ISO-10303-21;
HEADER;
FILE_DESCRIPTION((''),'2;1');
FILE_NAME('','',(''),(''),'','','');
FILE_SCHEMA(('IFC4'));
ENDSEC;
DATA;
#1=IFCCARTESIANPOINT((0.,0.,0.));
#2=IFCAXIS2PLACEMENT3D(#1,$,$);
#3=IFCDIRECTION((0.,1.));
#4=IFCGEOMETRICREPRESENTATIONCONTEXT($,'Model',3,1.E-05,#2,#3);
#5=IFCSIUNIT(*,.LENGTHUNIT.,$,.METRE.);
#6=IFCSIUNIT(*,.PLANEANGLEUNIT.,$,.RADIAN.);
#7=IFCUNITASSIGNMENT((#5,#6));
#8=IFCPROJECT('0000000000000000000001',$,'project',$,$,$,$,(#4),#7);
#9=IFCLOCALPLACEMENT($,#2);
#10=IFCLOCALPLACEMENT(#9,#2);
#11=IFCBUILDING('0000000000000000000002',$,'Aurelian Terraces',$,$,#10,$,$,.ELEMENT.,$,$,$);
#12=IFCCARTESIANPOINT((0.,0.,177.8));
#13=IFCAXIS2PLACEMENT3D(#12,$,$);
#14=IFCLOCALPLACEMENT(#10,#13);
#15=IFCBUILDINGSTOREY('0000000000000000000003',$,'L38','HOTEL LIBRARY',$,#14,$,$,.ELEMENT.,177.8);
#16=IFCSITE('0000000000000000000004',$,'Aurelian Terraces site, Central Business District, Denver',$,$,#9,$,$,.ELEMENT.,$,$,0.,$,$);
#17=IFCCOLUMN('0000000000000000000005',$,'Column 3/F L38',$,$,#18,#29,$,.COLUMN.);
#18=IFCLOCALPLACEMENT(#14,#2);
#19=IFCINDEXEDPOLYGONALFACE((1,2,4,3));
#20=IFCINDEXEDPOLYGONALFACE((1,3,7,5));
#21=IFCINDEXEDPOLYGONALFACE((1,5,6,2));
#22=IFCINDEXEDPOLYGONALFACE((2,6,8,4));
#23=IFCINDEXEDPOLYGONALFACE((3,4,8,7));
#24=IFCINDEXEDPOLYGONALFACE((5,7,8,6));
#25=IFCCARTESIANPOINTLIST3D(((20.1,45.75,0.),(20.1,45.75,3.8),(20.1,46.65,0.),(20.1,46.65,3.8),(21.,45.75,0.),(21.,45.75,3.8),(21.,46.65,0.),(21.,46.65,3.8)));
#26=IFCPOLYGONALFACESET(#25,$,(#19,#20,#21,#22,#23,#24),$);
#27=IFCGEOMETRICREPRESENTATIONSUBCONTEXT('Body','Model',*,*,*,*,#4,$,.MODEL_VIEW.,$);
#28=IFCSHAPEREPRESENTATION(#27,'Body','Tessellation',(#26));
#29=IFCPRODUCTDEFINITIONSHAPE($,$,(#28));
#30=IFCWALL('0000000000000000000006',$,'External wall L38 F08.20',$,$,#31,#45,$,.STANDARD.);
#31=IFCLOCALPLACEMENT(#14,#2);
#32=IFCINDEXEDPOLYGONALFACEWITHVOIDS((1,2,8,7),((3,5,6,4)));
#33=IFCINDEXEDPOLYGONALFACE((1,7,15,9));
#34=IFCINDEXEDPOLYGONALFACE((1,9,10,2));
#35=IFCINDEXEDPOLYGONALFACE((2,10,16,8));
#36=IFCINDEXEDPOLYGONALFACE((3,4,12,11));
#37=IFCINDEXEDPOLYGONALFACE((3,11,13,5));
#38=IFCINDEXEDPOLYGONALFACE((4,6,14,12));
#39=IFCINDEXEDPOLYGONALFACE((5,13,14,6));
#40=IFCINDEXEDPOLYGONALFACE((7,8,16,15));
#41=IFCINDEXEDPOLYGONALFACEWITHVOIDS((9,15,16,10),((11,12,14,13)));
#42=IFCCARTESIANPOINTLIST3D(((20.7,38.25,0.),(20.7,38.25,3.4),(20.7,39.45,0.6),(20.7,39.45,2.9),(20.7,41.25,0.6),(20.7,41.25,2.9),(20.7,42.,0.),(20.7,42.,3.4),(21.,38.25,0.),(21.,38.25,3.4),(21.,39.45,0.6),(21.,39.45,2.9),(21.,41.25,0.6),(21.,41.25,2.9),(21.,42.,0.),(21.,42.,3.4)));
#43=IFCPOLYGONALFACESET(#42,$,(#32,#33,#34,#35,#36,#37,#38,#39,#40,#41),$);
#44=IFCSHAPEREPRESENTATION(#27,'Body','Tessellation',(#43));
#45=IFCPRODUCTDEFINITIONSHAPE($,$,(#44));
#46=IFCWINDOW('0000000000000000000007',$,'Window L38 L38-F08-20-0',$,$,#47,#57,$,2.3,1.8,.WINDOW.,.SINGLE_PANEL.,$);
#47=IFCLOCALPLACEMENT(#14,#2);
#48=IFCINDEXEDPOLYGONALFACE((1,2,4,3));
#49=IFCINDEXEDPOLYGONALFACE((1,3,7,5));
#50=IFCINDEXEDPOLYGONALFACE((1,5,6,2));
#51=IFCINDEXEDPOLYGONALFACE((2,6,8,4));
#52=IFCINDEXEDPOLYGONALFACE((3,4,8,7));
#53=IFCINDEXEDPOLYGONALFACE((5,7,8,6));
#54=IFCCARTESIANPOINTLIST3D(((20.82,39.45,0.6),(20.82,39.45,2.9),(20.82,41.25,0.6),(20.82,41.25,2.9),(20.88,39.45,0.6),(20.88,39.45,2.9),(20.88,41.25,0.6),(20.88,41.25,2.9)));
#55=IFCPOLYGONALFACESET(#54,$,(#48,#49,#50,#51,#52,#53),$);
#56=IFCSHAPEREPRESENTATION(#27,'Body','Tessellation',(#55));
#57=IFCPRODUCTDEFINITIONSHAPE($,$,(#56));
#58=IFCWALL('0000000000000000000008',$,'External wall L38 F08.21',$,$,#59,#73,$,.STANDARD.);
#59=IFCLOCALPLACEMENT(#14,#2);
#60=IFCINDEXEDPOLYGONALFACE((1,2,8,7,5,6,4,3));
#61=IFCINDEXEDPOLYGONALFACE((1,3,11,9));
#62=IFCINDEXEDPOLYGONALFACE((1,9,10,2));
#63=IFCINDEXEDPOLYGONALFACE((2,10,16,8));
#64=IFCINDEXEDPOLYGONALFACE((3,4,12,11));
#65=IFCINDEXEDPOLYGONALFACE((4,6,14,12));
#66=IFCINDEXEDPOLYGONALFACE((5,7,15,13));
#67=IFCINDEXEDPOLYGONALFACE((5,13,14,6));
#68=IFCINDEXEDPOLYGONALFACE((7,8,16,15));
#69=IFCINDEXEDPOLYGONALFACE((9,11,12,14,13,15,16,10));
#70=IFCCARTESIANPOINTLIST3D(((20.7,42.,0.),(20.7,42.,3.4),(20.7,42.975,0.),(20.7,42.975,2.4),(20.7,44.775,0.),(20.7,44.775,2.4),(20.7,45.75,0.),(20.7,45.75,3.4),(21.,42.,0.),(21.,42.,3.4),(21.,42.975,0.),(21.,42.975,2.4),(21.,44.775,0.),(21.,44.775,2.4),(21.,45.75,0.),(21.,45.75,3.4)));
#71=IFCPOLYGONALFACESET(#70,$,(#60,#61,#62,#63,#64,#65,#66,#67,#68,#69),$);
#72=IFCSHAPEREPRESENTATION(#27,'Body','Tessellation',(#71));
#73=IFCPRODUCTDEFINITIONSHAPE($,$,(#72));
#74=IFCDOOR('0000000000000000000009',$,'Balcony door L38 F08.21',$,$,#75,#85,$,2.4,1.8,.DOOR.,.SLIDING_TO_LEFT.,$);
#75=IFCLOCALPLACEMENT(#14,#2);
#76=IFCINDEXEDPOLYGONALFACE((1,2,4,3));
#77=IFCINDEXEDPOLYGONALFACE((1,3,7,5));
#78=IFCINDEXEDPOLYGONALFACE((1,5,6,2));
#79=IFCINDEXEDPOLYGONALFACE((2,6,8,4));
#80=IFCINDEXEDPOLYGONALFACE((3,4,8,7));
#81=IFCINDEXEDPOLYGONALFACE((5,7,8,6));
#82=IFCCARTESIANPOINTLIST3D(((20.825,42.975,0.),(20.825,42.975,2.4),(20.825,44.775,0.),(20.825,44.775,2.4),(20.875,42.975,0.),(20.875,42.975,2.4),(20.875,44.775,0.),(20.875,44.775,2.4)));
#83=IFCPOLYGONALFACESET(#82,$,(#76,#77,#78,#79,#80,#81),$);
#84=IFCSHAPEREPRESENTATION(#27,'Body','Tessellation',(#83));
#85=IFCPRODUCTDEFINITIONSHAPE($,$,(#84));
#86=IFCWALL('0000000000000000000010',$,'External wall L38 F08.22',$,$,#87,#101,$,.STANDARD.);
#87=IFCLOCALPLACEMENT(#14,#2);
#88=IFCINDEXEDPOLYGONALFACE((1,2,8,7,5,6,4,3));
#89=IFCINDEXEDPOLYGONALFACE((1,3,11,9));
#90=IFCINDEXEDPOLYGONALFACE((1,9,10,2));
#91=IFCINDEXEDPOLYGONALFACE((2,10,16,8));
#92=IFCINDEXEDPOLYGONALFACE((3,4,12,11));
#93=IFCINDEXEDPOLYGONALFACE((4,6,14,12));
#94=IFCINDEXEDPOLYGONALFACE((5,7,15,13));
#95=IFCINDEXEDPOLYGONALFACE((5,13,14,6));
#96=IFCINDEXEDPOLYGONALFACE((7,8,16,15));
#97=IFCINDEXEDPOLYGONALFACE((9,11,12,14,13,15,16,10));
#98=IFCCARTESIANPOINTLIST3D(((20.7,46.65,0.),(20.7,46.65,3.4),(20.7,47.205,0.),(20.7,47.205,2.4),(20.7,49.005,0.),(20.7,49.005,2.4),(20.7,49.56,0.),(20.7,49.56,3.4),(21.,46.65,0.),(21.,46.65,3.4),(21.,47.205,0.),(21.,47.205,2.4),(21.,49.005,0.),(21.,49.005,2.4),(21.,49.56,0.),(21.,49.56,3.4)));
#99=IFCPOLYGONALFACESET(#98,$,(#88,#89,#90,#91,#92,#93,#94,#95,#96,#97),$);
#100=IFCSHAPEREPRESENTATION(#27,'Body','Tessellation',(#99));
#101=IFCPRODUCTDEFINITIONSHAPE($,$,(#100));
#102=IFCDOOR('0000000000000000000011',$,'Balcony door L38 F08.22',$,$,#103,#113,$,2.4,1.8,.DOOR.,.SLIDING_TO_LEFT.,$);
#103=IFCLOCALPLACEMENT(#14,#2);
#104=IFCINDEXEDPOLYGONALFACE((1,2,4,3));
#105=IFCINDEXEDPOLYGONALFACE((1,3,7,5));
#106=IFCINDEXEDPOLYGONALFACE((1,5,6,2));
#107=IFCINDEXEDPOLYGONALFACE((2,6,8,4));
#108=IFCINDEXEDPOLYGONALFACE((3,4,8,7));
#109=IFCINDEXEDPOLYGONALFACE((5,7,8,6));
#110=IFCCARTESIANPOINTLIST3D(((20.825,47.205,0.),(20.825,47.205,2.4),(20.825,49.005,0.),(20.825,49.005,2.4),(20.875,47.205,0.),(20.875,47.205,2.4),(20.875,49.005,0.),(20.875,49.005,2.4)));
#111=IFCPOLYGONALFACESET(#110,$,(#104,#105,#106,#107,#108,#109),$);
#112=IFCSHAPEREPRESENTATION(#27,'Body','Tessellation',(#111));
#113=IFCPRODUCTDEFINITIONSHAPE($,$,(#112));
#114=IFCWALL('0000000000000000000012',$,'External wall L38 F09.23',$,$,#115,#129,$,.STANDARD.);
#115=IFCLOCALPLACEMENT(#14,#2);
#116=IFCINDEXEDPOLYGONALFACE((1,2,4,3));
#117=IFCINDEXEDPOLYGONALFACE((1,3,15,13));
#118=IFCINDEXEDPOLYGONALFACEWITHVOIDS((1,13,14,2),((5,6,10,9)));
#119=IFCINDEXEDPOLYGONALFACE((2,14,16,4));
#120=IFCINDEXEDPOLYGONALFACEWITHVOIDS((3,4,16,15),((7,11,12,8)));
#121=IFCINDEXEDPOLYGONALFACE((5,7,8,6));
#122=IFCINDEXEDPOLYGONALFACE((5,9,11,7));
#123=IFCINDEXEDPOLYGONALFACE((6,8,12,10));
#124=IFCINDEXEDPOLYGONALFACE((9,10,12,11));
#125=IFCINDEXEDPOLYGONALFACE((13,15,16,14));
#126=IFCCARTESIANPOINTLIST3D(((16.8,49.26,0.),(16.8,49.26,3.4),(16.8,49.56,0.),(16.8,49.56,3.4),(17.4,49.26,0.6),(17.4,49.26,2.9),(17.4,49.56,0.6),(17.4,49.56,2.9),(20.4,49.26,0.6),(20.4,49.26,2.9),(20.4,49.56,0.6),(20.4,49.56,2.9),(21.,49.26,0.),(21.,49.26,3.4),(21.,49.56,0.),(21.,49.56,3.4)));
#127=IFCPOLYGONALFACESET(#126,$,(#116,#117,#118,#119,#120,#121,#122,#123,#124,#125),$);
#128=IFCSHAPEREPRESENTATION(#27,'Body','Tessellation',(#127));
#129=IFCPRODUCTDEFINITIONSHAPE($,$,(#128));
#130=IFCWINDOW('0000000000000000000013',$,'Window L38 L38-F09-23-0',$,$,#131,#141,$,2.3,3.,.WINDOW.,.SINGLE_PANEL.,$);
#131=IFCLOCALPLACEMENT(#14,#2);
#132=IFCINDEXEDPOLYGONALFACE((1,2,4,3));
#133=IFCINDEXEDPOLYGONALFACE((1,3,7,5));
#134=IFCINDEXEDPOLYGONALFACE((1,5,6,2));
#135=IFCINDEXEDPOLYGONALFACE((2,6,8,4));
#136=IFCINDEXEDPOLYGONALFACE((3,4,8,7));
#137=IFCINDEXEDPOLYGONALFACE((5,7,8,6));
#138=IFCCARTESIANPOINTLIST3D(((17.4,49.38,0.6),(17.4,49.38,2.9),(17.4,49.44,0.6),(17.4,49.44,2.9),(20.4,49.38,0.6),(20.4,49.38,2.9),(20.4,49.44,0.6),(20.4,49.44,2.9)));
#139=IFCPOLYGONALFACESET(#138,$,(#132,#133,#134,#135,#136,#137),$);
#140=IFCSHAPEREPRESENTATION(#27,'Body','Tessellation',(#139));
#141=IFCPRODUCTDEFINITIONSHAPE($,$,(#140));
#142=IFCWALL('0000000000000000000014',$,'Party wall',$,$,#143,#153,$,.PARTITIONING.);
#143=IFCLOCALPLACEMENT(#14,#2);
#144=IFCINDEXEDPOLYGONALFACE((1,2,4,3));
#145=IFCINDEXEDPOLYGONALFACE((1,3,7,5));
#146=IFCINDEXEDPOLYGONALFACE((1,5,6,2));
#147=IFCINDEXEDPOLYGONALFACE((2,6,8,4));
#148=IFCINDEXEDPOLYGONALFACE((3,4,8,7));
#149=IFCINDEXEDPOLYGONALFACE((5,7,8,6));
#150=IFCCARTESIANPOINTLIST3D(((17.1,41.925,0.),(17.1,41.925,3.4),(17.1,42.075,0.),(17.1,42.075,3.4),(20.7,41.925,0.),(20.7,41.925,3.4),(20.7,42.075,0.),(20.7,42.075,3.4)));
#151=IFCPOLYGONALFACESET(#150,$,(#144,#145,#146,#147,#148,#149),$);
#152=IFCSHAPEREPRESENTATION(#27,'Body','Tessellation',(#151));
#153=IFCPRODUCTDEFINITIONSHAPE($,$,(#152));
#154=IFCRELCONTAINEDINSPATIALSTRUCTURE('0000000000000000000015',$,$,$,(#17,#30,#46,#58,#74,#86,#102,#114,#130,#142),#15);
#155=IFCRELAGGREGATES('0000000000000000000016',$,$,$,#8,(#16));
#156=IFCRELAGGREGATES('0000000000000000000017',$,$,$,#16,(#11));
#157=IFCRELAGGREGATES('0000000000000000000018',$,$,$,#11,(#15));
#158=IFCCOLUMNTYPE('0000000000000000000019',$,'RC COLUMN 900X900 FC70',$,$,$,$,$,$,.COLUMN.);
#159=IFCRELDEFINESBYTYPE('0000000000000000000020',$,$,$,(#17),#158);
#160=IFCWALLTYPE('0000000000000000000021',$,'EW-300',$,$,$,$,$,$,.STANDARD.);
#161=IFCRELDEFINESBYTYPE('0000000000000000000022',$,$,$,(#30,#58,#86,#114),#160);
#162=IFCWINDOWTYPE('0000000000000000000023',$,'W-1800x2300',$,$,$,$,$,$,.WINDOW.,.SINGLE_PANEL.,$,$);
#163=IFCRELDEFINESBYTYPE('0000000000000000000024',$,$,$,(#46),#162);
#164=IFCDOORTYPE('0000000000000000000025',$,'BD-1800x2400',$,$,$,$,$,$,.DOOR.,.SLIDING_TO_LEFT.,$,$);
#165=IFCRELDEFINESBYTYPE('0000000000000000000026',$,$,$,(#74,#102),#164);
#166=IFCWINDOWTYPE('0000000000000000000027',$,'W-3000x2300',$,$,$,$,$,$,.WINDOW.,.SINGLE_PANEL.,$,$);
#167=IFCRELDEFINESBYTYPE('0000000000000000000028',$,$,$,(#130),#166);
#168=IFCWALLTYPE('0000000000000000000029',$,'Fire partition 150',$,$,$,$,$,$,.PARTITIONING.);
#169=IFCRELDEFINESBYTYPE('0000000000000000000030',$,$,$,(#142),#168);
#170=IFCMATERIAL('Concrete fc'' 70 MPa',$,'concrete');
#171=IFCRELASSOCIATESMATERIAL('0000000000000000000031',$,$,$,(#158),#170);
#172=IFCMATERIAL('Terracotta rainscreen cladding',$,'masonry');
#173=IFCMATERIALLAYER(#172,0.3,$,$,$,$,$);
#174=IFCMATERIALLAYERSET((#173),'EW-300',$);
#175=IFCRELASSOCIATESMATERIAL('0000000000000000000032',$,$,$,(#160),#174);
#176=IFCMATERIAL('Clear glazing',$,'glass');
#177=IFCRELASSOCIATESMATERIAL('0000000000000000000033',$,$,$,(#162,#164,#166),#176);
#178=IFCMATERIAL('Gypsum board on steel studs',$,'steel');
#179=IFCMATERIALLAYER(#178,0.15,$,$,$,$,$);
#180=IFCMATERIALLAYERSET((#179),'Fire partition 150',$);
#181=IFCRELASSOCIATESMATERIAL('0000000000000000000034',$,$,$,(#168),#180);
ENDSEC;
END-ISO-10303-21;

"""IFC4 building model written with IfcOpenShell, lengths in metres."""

from ifc_helpers import new_model, si_unit, direction, frame, frame_2d, origin, origin_2d, place, context, subcontext, project, spatial, rectangle, extrude, source, transform, mapped, material, layer, layer_set, material_profile, profile_set, type_object, element, fill, save


model = new_model("IFC4")

# Units and contexts
model_context = context("Model", 3, precision=1e-05, world=origin(), true_north=direction((0.0, 1.0)))
body_context = subcontext(model_context, "Body", "Model", "MODEL_VIEW")
ifc_project = project(units=[si_unit("LENGTHUNIT", "METRE"), si_unit("PLANEANGLEUNIT", "RADIAN")], contexts=[model_context])

# Site, building, storey
site_placement = place(None, origin())
site = spatial("IfcSite", under=ifc_project, at=site_placement, Name="Aurelian Terraces site, Central Business District, Denver", CompositionType="ELEMENT", RefElevation=0.0)
building_placement = place(site_placement, origin())
building = spatial("IfcBuilding", under=site, at=building_placement, Name="Aurelian Terraces", CompositionType="ELEMENT")
storey_placement = place(building_placement, frame((0.0, 0.0, 177.8)))
storey = spatial("IfcBuildingStorey", under=building, at=storey_placement, Name="L38", Description="HOTEL LIBRARY", CompositionType="ELEMENT", Elevation=177.8)

# Column
ifc_material_1 = material(Name="Concrete fc' 70 MPa", Category="concrete")
ifc_material_profile = material_profile(ifc_material_1, rectangle(XDim=0.9, YDim=0.9, at=origin_2d()))
ifc_profile_set = profile_set([ifc_material_profile], Name="Concrete fc' 70 MPa")
column_type = type_object("IfcColumnType", Name="RC COLUMN 900X900 FC70", PredefinedType="COLUMN", material=ifc_profile_set)
shared_shape_1 = source(origin(), body_context, "Body", "SweptSolid", [
    extrude(rectangle(XDim=0.9, YDim=0.9, at=origin_2d()), origin(), (0.0, 0.0, 1.0), 3.8),
])
column_placement = place(storey_placement, frame((20.55, 46.2, 0.0), z_axis=(0.0, 0.0, 1.0), x_axis=(1.0, 0.0, 0.0)))
element("IfcColumn", 1, at=column_placement, inside=storey, type_object=column_type, Name="Column 3/F L38", PredefinedType="COLUMN", context=body_context, shape_type="MappedRepresentation", body=[
    mapped(shared_shape_1, transform((0.0, 0.0, 0.0), scale=1.0)),
])

# Wall, opening, window
ifc_material_2 = material(Name="Terracotta rainscreen cladding", Category="masonry")
ifc_layer_1 = layer(ifc_material_2, 0.3)
ifc_layer_set_1 = layer_set([ifc_layer_1], Name="EW-300")
wall_type_1 = type_object("IfcWallType", Name="EW-300", PredefinedType="STANDARD", material=ifc_layer_set_1)
wall_1_placement = place(storey_placement, frame((20.85, 38.25, 0.0), z_axis=(0.0, 0.0, 1.0), x_axis=(0.0, 1.0, 0.0)))
wall_1 = element("IfcWall", 2, at=wall_1_placement, inside=storey, type_object=wall_type_1, Name="External wall L38 F08.20", PredefinedType="STANDARD", context=body_context, shape_type="SweptSolid", body=[
    extrude(rectangle(XDim=3.75, YDim=0.3, at=frame_2d((1.875, 0.0))), origin(), (0.0, 0.0, 1.0), 3.4),
])
shared_shape_2 = source(origin(), body_context, "Body", "SweptSolid", [
    extrude(rectangle(XDim=1.8, YDim=2.3, at=frame_2d((0.9, 1.15))), frame((0.0, 0.16, 0.0), z_axis=(0.0, -1.0, 0.0), x_axis=(1.0, 0.0, 0.0)), (0.0, 0.0, 1.0), 0.32),
])
opening_1_placement = place(wall_1_placement, frame((1.2, 0.0, 0.6)))
opening_1 = element("IfcOpeningElement", 3, at=opening_1_placement, cuts=wall_1, PredefinedType="OPENING", context=body_context, shape_type="MappedRepresentation", body=[
    mapped(shared_shape_2, transform((0.0, 0.0, 0.0), scale=1.0)),
])
ifc_material_3 = material(Name="Clear glazing", Category="glass")
window_type_1 = type_object("IfcWindowType", Name="W-1800x2300", PartitioningType="SINGLE_PANEL", PredefinedType="WINDOW", material=ifc_material_3)
shared_shape_3 = source(origin(), body_context, "Body", "SweptSolid", [
    extrude(rectangle(XDim=1.8, YDim=2.3, at=frame_2d((0.9, 1.15))), frame((0.0, 0.03, 0.0), z_axis=(0.0, -1.0, 0.0), x_axis=(1.0, 0.0, 0.0)), (0.0, 0.0, 1.0), 0.06),
])
window_1_placement = place(opening_1_placement, origin())
window_1 = element("IfcWindow", 4, at=window_1_placement, inside=storey, type_object=window_type_1, Name="Window L38 L38-F08-20-0", OverallHeight=2.3, OverallWidth=1.8, PartitioningType="SINGLE_PANEL", PredefinedType="WINDOW", context=body_context, shape_type="MappedRepresentation", body=[
    mapped(shared_shape_3, transform((0.0, 0.0, 0.0), scale=1.0)),
])
fill(opening_1, window_1)

# Walls, openings, doors
shared_shape_4 = source(origin(), body_context, "Body", "SweptSolid", [
    extrude(rectangle(XDim=3.75, YDim=0.3, at=frame_2d((1.875, 0.0))), origin(), (0.0, 0.0, 1.0), 3.4),
])
wall_2_placement = place(storey_placement, frame((20.85, 42.0, 0.0), z_axis=(0.0, 0.0, 1.0), x_axis=(0.0, 1.0, 0.0)))
wall_2 = element("IfcWall", 5, at=wall_2_placement, inside=storey, type_object=wall_type_1, Name="External wall L38 F08.21", PredefinedType="STANDARD", context=body_context, shape_type="MappedRepresentation", body=[
    mapped(shared_shape_4, transform((0.0, 0.0, 0.0), scale=1.0)),
])
shared_shape_5 = source(origin(), body_context, "Body", "SweptSolid", [
    extrude(rectangle(XDim=1.8, YDim=2.4, at=frame_2d((0.9, 1.2))), frame((0.0, 0.16, 0.0), z_axis=(0.0, -1.0, 0.0), x_axis=(1.0, 0.0, 0.0)), (0.0, 0.0, 1.0), 0.32),
])
opening_2_placement = place(wall_2_placement, frame((0.975, 0.0, 0.0)))
opening_2 = element("IfcOpeningElement", 6, at=opening_2_placement, cuts=wall_2, PredefinedType="OPENING", context=body_context, shape_type="MappedRepresentation", body=[
    mapped(shared_shape_5, transform((0.0, 0.0, 0.0), scale=1.0)),
])
door_type = type_object("IfcDoorType", Name="BD-1800x2400", OperationType="SLIDING_TO_LEFT", PredefinedType="DOOR", material=ifc_material_3)
shared_shape_6 = source(origin(), body_context, "Body", "SweptSolid", [
    extrude(rectangle(XDim=1.8, YDim=2.4, at=frame_2d((0.9, 1.2))), frame((0.0, 0.025, 0.0), z_axis=(0.0, -1.0, 0.0), x_axis=(1.0, 0.0, 0.0)), (0.0, 0.0, 1.0), 0.05),
])
door_1_placement = place(opening_2_placement, origin())
door_1 = element("IfcDoor", 7, at=door_1_placement, inside=storey, type_object=door_type, Name="Balcony door L38 F08.21", OperationType="SLIDING_TO_LEFT", OverallHeight=2.4, OverallWidth=1.8, PredefinedType="DOOR", context=body_context, shape_type="MappedRepresentation", body=[
    mapped(shared_shape_6, transform((0.0, 0.0, 0.0), scale=1.0)),
])
fill(opening_2, door_1)
shared_shape_7 = source(origin(), body_context, "Body", "SweptSolid", [
    extrude(rectangle(XDim=2.91, YDim=0.3, at=frame_2d((1.455, 0.0))), origin(), (0.0, 0.0, 1.0), 3.4),
])
wall_3_placement = place(storey_placement, frame((20.85, 46.65, 0.0), z_axis=(0.0, 0.0, 1.0), x_axis=(0.0, 1.0, 0.0)))
wall_3 = element("IfcWall", 8, at=wall_3_placement, inside=storey, type_object=wall_type_1, Name="External wall L38 F08.22", PredefinedType="STANDARD", context=body_context, shape_type="MappedRepresentation", body=[
    mapped(shared_shape_7, transform((0.0, 0.0, 0.0), scale=1.0)),
])
opening_3_placement = place(wall_3_placement, frame((0.555, 0.0, 0.0)))
opening_3 = element("IfcOpeningElement", 9, at=opening_3_placement, cuts=wall_3, PredefinedType="OPENING", context=body_context, shape_type="MappedRepresentation", body=[
    mapped(shared_shape_5, transform((0.0, 0.0, 0.0), scale=1.0)),
])
door_2_placement = place(opening_3_placement, origin())
door_2 = element("IfcDoor", 10, at=door_2_placement, inside=storey, type_object=door_type, Name="Balcony door L38 F08.22", OperationType="SLIDING_TO_LEFT", OverallHeight=2.4, OverallWidth=1.8, PredefinedType="DOOR", context=body_context, shape_type="MappedRepresentation", body=[
    mapped(shared_shape_6, transform((0.0, 0.0, 0.0), scale=1.0)),
])
fill(opening_3, door_2)

# Wall, opening, window
shared_shape_8 = source(origin(), body_context, "Body", "SweptSolid", [
    extrude(rectangle(XDim=4.2, YDim=0.3, at=frame_2d((2.1, 0.0))), origin(), (0.0, 0.0, 1.0), 3.4),
])
wall_4_placement = place(storey_placement, frame((21.0, 49.41, 0.0), z_axis=(0.0, 0.0, 1.0), x_axis=(-1.0, 0.0, 0.0)))
wall_4 = element("IfcWall", 11, at=wall_4_placement, inside=storey, type_object=wall_type_1, Name="External wall L38 F09.23", PredefinedType="STANDARD", context=body_context, shape_type="MappedRepresentation", body=[
    mapped(shared_shape_8, transform((0.0, 0.0, 0.0), scale=1.0)),
])
shared_shape_9 = source(origin(), body_context, "Body", "SweptSolid", [
    extrude(rectangle(XDim=3.0, YDim=2.3, at=frame_2d((1.5, 1.15))), frame((0.0, 0.16, 0.0), z_axis=(0.0, -1.0, 0.0), x_axis=(1.0, 0.0, 0.0)), (0.0, 0.0, 1.0), 0.32),
])
opening_4_placement = place(wall_4_placement, frame((0.6, 0.0, 0.6)))
opening_4 = element("IfcOpeningElement", 12, at=opening_4_placement, cuts=wall_4, PredefinedType="OPENING", context=body_context, shape_type="MappedRepresentation", body=[
    mapped(shared_shape_9, transform((0.0, 0.0, 0.0), scale=1.0)),
])
window_type_2 = type_object("IfcWindowType", Name="W-3000x2300", PartitioningType="SINGLE_PANEL", PredefinedType="WINDOW", material=ifc_material_3)
shared_shape_10 = source(origin(), body_context, "Body", "SweptSolid", [
    extrude(rectangle(XDim=3.0, YDim=2.3, at=frame_2d((1.5, 1.15))), frame((0.0, 0.03, 0.0), z_axis=(0.0, -1.0, 0.0), x_axis=(1.0, 0.0, 0.0)), (0.0, 0.0, 1.0), 0.06),
])
window_2_placement = place(opening_4_placement, origin())
window_2 = element("IfcWindow", 13, at=window_2_placement, inside=storey, type_object=window_type_2, Name="Window L38 L38-F09-23-0", OverallHeight=2.3, OverallWidth=3.0, PartitioningType="SINGLE_PANEL", PredefinedType="WINDOW", context=body_context, shape_type="MappedRepresentation", body=[
    mapped(shared_shape_10, transform((0.0, 0.0, 0.0), scale=1.0)),
])
fill(opening_4, window_2)

# Wall
ifc_material_4 = material(Name="Gypsum board on steel studs", Category="steel")
ifc_layer_2 = layer(ifc_material_4, 0.15)
ifc_layer_set_2 = layer_set([ifc_layer_2], Name="Fire partition 150")
wall_type_2 = type_object("IfcWallType", Name="Fire partition 150", PredefinedType="PARTITIONING", material=ifc_layer_set_2)
shared_shape_11 = source(origin(), body_context, "Body", "SweptSolid", [
    extrude(rectangle(XDim=3.6, YDim=0.15, at=frame_2d((1.8, 0.0))), origin(), (0.0, 0.0, 1.0), 3.4),
])
wall_5_placement = place(storey_placement, frame((20.7, 42.0, 0.0), z_axis=(0.0, 0.0, 1.0), x_axis=(-1.0, 0.0, 0.0)))
element("IfcWall", 14, at=wall_5_placement, inside=storey, type_object=wall_type_2, Name="Party wall", PredefinedType="PARTITIONING", context=body_context, shape_type="MappedRepresentation", body=[
    mapped(shared_shape_11, transform((0.0, 0.0, 0.0), scale=1.0)),
])

save(model, "model.ifc")
